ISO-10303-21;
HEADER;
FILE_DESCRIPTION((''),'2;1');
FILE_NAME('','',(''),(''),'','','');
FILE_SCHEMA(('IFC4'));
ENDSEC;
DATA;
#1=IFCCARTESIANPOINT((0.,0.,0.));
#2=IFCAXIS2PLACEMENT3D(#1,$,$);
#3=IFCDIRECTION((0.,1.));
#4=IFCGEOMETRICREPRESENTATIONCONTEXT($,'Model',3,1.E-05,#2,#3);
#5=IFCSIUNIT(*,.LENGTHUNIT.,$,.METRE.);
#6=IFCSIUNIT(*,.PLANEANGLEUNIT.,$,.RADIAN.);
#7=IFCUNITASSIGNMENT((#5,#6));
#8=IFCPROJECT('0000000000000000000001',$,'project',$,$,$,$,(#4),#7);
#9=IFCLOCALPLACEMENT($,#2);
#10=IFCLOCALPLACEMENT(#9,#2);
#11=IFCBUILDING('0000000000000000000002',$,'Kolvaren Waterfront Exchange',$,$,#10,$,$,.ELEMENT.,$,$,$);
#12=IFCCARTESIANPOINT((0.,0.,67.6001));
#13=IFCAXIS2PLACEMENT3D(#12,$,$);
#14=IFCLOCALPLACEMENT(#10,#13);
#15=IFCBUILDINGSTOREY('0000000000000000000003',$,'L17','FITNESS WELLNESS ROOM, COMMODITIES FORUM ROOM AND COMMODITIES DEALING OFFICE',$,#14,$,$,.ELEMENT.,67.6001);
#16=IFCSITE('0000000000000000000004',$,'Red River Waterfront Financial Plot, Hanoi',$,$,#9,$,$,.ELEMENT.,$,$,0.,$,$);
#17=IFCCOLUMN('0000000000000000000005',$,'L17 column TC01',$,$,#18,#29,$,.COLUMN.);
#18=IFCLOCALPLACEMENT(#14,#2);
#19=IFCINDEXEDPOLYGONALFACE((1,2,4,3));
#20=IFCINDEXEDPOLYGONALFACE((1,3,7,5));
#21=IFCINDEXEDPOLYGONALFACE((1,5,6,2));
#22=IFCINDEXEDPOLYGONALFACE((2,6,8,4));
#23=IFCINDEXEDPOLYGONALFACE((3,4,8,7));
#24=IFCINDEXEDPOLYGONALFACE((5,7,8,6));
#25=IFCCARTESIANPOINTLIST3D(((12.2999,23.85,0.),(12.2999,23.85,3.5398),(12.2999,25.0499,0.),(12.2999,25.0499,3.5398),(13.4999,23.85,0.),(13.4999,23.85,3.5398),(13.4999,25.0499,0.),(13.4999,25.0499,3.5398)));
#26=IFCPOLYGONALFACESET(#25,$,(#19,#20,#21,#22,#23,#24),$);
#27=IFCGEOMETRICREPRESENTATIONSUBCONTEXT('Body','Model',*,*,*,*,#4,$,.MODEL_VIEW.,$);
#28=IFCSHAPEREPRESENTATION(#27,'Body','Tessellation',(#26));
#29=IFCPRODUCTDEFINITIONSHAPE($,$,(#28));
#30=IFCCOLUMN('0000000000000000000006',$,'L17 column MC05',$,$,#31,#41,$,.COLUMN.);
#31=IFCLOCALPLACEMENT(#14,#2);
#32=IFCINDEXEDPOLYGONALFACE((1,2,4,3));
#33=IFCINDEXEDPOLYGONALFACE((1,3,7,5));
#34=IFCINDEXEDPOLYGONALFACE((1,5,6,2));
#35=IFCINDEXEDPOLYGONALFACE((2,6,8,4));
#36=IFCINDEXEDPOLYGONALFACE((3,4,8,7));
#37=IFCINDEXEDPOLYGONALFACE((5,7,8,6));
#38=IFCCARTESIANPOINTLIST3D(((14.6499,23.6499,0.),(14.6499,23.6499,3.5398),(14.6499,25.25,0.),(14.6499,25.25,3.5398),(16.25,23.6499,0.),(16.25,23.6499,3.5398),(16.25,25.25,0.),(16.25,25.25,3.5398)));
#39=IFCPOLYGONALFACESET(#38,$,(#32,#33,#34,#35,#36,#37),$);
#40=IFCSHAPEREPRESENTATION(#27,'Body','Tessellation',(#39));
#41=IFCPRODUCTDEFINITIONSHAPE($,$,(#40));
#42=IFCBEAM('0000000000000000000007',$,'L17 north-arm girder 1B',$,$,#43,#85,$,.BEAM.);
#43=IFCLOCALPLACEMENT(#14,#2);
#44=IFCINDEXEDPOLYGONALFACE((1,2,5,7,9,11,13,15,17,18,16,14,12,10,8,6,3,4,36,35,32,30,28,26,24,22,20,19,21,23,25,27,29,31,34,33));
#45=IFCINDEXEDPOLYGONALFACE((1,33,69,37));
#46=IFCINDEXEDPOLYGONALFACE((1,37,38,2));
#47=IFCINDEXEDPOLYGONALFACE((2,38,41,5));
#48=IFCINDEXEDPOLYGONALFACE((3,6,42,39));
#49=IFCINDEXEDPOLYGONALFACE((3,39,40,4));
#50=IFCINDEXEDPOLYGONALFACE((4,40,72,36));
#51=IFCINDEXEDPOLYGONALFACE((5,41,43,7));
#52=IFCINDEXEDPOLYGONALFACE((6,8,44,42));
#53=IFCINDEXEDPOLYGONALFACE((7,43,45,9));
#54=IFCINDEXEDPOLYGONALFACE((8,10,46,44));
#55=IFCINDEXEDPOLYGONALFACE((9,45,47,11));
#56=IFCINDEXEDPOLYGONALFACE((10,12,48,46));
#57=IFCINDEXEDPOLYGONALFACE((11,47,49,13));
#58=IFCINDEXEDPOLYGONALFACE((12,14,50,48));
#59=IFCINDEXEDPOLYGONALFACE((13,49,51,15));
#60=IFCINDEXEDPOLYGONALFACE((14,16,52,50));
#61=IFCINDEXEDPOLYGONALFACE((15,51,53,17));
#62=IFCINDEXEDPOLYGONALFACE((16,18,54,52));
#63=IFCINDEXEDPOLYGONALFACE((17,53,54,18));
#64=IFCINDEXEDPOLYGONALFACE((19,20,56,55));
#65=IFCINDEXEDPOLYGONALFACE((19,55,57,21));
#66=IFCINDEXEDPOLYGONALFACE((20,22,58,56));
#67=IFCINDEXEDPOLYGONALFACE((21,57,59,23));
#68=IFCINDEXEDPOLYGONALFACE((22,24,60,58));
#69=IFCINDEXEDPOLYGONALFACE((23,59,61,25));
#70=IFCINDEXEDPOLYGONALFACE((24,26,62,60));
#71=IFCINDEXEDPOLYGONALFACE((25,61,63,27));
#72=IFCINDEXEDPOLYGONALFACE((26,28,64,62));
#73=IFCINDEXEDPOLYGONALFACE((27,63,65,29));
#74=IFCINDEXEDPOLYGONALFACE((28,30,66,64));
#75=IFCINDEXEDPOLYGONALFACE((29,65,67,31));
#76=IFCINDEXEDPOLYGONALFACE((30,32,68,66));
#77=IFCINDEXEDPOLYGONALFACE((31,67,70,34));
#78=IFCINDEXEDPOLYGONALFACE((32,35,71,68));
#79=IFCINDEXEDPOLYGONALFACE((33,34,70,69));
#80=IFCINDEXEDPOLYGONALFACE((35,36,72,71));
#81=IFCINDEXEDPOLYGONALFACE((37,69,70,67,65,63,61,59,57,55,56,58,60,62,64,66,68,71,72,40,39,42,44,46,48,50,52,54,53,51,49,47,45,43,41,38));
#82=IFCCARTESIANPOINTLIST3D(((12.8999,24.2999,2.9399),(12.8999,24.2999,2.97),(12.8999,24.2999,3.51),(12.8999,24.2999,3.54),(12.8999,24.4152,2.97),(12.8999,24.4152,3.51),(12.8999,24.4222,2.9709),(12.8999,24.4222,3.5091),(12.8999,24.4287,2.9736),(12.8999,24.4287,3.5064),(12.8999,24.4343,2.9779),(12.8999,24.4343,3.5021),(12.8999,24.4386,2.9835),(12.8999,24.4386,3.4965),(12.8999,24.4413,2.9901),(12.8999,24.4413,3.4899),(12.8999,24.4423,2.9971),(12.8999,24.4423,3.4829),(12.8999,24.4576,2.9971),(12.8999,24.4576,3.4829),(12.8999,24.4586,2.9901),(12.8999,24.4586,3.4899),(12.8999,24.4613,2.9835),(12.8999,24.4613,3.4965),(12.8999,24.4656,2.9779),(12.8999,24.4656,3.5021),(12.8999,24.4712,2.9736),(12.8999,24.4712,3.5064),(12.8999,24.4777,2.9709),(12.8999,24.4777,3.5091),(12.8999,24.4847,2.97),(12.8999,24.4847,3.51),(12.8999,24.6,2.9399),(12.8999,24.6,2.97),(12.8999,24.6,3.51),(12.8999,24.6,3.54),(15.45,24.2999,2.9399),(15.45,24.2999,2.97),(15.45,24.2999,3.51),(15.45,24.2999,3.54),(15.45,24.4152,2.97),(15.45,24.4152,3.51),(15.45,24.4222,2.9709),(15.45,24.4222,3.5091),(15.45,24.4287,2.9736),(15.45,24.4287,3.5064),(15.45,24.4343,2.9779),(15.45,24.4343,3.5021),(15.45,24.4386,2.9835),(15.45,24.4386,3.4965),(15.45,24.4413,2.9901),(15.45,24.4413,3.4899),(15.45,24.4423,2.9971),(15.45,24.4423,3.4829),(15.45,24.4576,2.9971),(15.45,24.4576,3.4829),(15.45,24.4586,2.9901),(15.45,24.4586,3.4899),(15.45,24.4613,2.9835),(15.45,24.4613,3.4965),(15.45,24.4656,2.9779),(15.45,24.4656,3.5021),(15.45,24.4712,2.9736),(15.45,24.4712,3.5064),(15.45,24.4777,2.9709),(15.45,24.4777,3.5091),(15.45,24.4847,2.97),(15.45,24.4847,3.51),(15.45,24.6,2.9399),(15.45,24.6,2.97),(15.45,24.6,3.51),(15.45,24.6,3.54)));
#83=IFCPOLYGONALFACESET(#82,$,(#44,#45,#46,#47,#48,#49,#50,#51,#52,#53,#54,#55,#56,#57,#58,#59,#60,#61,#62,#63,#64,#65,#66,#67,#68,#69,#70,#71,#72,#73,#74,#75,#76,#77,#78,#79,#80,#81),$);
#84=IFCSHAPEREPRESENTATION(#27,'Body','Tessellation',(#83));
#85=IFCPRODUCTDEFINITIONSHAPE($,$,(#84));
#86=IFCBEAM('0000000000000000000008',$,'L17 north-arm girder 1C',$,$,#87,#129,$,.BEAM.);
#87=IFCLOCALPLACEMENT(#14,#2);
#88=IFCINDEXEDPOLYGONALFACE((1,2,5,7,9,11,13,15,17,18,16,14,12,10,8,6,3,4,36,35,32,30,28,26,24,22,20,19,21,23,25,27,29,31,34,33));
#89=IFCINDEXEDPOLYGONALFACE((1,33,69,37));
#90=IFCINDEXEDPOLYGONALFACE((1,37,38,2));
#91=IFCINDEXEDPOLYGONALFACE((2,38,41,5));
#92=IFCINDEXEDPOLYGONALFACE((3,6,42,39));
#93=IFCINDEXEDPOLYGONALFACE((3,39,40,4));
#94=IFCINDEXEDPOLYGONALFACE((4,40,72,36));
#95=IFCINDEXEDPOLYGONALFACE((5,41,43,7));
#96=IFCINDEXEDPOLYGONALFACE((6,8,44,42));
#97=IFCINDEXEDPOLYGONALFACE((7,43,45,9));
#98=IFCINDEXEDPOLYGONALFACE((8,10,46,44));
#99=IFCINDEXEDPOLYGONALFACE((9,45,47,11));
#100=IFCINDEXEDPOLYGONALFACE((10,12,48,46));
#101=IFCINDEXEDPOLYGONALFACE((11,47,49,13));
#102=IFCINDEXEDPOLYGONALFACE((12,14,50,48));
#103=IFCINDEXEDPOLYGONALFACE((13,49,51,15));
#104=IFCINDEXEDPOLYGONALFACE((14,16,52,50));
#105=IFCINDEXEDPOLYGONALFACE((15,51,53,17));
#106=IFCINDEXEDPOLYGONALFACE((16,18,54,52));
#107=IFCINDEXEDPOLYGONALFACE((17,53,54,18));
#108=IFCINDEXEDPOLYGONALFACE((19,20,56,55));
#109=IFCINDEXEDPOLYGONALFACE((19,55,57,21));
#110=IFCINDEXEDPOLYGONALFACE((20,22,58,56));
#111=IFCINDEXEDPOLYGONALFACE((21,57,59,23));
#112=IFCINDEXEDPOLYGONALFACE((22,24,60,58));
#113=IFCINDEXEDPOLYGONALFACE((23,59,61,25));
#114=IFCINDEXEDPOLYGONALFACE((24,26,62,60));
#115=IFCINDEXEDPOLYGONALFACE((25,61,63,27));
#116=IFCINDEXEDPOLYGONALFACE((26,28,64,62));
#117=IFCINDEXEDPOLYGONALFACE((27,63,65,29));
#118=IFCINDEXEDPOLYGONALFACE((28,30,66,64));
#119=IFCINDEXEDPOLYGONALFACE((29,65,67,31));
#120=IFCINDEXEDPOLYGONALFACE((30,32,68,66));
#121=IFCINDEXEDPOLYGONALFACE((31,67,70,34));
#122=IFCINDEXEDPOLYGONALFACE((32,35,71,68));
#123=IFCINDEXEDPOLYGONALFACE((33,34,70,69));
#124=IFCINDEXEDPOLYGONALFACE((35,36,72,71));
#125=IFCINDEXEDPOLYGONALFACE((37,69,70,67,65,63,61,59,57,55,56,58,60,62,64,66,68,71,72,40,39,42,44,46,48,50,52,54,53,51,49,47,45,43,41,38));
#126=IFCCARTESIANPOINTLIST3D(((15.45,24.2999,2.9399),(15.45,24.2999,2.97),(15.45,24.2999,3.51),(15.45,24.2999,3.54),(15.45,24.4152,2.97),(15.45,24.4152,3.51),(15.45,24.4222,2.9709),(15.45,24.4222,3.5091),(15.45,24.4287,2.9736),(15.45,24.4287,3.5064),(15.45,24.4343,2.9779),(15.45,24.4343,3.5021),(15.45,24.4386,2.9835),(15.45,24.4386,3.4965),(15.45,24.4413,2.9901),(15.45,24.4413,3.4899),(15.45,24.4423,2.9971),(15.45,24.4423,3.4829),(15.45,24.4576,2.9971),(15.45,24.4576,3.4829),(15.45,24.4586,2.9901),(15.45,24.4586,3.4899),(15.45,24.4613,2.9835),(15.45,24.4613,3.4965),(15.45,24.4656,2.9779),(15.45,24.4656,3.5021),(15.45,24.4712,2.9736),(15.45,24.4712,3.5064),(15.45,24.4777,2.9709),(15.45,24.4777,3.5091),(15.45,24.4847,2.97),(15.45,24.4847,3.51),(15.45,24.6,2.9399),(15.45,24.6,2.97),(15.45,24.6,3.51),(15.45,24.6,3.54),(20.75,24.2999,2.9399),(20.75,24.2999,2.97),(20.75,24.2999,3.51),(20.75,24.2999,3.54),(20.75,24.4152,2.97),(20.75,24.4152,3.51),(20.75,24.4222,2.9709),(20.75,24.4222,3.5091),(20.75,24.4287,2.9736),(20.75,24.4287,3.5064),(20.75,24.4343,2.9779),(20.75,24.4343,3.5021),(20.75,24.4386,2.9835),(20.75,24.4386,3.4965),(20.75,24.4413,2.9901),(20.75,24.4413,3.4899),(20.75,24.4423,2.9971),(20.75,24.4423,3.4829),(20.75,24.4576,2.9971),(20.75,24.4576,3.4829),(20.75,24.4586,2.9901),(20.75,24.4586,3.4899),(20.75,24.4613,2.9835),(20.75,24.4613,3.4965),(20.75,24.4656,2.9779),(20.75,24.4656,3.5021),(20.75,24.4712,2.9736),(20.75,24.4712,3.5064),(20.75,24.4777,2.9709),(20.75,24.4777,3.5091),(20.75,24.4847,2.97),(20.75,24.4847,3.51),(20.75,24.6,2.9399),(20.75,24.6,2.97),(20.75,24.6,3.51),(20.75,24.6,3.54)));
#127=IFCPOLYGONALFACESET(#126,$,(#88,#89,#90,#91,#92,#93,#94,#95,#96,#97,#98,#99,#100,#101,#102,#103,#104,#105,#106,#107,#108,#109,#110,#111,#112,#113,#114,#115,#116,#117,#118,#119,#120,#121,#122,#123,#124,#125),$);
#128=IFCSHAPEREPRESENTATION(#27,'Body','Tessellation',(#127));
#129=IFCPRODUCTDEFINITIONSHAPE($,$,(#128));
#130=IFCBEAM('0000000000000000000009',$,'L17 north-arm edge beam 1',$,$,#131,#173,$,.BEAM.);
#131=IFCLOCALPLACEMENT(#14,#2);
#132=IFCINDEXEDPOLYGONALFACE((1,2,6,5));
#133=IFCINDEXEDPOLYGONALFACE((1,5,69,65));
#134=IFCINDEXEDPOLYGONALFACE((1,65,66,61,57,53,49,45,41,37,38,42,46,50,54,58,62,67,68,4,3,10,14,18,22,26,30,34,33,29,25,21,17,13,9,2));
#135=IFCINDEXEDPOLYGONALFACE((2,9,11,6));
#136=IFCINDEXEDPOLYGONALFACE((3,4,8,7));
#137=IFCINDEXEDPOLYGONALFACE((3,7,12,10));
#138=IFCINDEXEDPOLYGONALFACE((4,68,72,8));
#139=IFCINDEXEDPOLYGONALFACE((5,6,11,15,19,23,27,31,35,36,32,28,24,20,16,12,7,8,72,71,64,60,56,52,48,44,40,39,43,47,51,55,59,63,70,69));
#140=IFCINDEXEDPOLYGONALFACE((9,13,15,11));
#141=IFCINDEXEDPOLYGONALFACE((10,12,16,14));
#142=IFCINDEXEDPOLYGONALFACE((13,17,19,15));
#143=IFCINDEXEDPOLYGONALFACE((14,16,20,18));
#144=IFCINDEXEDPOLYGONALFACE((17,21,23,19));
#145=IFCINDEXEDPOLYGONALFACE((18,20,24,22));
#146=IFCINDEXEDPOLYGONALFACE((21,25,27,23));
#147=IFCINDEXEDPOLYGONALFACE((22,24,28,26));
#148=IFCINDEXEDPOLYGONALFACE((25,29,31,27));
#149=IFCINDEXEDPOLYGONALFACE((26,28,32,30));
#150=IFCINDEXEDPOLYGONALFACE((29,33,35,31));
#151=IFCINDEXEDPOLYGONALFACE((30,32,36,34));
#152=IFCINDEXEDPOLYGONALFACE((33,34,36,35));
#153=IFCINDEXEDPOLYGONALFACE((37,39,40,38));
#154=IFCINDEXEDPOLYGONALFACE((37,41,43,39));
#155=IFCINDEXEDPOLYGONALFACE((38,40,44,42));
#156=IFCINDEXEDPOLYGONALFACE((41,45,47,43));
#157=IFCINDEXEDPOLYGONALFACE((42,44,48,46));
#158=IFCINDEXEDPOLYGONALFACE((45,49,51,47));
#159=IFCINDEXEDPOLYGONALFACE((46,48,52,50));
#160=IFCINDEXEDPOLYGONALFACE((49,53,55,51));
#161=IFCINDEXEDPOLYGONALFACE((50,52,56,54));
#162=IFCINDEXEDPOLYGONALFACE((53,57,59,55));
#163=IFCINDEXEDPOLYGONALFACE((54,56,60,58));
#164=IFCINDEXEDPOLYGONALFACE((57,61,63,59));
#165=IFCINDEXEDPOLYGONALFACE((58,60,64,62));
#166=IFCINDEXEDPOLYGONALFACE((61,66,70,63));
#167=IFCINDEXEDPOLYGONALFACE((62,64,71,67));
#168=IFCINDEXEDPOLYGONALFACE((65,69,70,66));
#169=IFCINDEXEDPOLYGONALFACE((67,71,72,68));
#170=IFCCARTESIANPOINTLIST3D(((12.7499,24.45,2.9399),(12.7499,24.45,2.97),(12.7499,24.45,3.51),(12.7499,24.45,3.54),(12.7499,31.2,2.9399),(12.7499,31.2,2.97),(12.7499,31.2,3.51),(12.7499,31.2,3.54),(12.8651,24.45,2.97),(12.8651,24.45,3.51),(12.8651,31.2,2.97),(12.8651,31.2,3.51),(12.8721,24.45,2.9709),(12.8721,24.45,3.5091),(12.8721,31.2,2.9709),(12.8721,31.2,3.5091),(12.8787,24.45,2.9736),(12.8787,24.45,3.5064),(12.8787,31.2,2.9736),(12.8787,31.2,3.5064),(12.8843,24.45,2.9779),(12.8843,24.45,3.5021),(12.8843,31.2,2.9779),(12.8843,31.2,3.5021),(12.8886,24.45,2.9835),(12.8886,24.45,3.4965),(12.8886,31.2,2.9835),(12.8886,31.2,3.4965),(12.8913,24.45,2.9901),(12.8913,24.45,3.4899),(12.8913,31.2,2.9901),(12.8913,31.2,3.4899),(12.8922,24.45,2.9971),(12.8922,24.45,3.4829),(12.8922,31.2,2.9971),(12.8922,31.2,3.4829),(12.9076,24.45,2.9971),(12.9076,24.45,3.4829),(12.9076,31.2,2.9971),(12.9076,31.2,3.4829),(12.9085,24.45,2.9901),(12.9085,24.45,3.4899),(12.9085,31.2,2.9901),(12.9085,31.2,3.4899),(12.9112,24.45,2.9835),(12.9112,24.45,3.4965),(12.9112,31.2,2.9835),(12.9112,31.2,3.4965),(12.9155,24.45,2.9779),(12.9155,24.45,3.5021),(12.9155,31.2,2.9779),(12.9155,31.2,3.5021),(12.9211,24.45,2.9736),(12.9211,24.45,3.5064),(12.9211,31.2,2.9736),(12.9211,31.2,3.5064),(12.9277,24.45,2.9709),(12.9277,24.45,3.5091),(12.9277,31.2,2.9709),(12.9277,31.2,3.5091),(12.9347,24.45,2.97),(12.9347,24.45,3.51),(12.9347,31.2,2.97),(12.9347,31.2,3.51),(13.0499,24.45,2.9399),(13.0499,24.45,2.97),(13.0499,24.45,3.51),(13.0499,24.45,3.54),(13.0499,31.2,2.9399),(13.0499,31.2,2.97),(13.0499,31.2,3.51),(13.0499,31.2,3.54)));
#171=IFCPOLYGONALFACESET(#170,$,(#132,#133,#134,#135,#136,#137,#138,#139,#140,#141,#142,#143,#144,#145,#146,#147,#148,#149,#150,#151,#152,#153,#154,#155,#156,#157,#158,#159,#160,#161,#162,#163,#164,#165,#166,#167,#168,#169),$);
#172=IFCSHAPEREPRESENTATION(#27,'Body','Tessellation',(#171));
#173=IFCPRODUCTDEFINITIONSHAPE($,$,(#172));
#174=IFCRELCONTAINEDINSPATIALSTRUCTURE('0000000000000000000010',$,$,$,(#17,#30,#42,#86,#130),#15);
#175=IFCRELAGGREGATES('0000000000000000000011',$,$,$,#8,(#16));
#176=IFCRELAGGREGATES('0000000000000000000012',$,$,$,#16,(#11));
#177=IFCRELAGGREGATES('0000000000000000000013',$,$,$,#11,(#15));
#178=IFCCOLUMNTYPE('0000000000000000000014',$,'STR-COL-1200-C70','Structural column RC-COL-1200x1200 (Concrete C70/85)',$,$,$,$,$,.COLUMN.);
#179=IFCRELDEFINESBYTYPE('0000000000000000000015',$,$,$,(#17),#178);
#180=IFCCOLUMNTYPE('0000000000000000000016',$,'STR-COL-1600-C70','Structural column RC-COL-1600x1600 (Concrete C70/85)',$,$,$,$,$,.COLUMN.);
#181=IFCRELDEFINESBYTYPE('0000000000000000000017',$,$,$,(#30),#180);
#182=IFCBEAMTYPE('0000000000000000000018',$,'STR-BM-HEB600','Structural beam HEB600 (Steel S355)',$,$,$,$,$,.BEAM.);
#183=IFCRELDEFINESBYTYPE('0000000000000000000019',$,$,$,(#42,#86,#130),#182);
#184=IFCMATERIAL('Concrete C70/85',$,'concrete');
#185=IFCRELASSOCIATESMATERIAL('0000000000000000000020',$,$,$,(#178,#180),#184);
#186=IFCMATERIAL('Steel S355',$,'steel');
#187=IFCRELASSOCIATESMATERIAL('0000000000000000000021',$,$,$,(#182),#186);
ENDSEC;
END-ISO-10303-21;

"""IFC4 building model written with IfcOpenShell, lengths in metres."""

from ifc_helpers import new_model, si_unit, direction, frame, origin, origin_2d, place, context, subcontext, project, spatial, rectangle, i_section, extrude, material, material_profile, profile_set, type_object, element, save


model = new_model("IFC4")

# Units and contexts
model_context = context("Model", 3, precision=1e-05, world=origin(), true_north=direction((0.0, 1.0)))
body_context = subcontext(model_context, "Body", "Model", "MODEL_VIEW")
ifc_project = project(units=[si_unit("LENGTHUNIT", "METRE"), si_unit("PLANEANGLEUNIT", "RADIAN")], contexts=[model_context])

# Site, building, storey
site_placement = place(None, origin())
site = spatial("IfcSite", under=ifc_project, at=site_placement, Name="Red River Waterfront Financial Plot, Hanoi", CompositionType="ELEMENT", RefElevation=0.0)
building_placement = place(site_placement, origin())
building = spatial("IfcBuilding", under=site, at=building_placement, Name="Kolvaren Waterfront Exchange", CompositionType="ELEMENT")
storey_placement = place(building_placement, frame((0.0, 0.0, 67.6001)))
storey = spatial("IfcBuildingStorey", under=building, at=storey_placement, Name="L17", Description="FITNESS WELLNESS ROOM, COMMODITIES FORUM ROOM AND COMMODITIES DEALING OFFICE", CompositionType="ELEMENT", Elevation=67.6001)

# Columns
ifc_material_1 = material(Name="Concrete C70/85", Category="concrete")
ifc_material_profile_1 = material_profile(ifc_material_1, rectangle(XDim=1.2, YDim=1.2, at=origin_2d()), Name="RC-COL-1200x1200")
ifc_profile_set_1 = profile_set([ifc_material_profile_1], Name="Concrete C70/85")
column_type_1 = type_object("IfcColumnType", Name="STR-COL-1200-C70", Description="Structural column RC-COL-1200x1200 (Concrete C70/85)", PredefinedType="COLUMN", material=ifc_profile_set_1)
column_1_placement = place(storey_placement, frame((12.8999, 24.45, 0.0), z_axis=(0.0, 0.0, 1.0), x_axis=(1.0, 0.0, 0.0)))
element("IfcColumn", 1, at=column_1_placement, inside=storey, type_object=column_type_1, Name="L17 column TC01", PredefinedType="COLUMN", context=body_context, shape_type="SweptSolid", body=[
    extrude(rectangle(XDim=1.2, YDim=1.2, at=origin_2d()), origin(), (0.0, 0.0, 1.0), 3.5398),
])
ifc_material_profile_2 = material_profile(ifc_material_1, rectangle(XDim=1.6001, YDim=1.6001, at=origin_2d()), Name="RC-COL-1600x1600")
ifc_profile_set_2 = profile_set([ifc_material_profile_2], Name="Concrete C70/85")
column_type_2 = type_object("IfcColumnType", Name="STR-COL-1600-C70", Description="Structural column RC-COL-1600x1600 (Concrete C70/85)", PredefinedType="COLUMN", material=ifc_profile_set_2)
column_2_placement = place(storey_placement, frame((15.45, 24.45, 0.0), z_axis=(0.0, 0.0, 1.0), x_axis=(1.0, 0.0, 0.0)))
element("IfcColumn", 2, at=column_2_placement, inside=storey, type_object=column_type_2, Name="L17 column MC05", PredefinedType="COLUMN", context=body_context, shape_type="SweptSolid", body=[
    extrude(rectangle(XDim=1.6001, YDim=1.6001, at=origin_2d()), origin(), (0.0, 0.0, 1.0), 3.5398),
])

# Beams
ifc_material_2 = material(Name="Steel S355", Category="steel")
ifc_material_profile_3 = material_profile(ifc_material_2, i_section(OverallWidth=0.3, OverallDepth=0.6001, WebThickness=0.0154, FlangeThickness=0.03, FilletRadius=0.0271, at=origin_2d()), Name="HEB600")
ifc_profile_set_3 = profile_set([ifc_material_profile_3], Name="Steel S355")
beam_type_1 = type_object("IfcBeamType", Name="STR-BM-HEB600", Description="Structural beam HEB600 (Steel S355)", PredefinedType="BEAM", material=ifc_profile_set_3)
beam_1_placement = place(storey_placement, frame((12.8999, 24.45, 3.24), z_axis=(1.0, 0.0, 0.0), x_axis=(0.0, 1.0, 0.0)))
element("IfcBeam", 3, at=beam_1_placement, inside=storey, type_object=beam_type_1, Name="L17 north-arm girder 1B", PredefinedType="BEAM", context=body_context, shape_type="SweptSolid", body=[
    extrude(i_section(OverallWidth=0.3, OverallDepth=0.6001, WebThickness=0.0154, FlangeThickness=0.03, FilletRadius=0.0271, at=origin_2d()), origin(), (0.0, 0.0, 1.0), 2.55),
])
beam_2_placement = place(storey_placement, frame((15.45, 24.45, 3.24), z_axis=(1.0, 0.0, 0.0), x_axis=(0.0, 1.0, 0.0)))
element("IfcBeam", 4, at=beam_2_placement, inside=storey, type_object=beam_type_1, Name="L17 north-arm girder 1C", PredefinedType="BEAM", context=body_context, shape_type="SweptSolid", body=[
    extrude(i_section(OverallWidth=0.3, OverallDepth=0.6001, WebThickness=0.0154, FlangeThickness=0.03, FilletRadius=0.0271, at=origin_2d()), origin(), (0.0, 0.0, 1.0), 5.3),
])
beam_3_placement = place(storey_placement, frame((12.8999, 24.45, 3.24), z_axis=(0.0, 1.0, 0.0), x_axis=(-1.0, 0.0, 0.0)))
element("IfcBeam", 5, at=beam_3_placement, inside=storey, type_object=beam_type_1, Name="L17 north-arm edge beam 1", PredefinedType="BEAM", context=body_context, shape_type="SweptSolid", body=[
    extrude(i_section(OverallWidth=0.3, OverallDepth=0.6001, WebThickness=0.0154, FlangeThickness=0.03, FilletRadius=0.0271, at=origin_2d()), origin(), (0.0, 0.0, 1.0), 6.75),
])

save(model, "model.ifc")
